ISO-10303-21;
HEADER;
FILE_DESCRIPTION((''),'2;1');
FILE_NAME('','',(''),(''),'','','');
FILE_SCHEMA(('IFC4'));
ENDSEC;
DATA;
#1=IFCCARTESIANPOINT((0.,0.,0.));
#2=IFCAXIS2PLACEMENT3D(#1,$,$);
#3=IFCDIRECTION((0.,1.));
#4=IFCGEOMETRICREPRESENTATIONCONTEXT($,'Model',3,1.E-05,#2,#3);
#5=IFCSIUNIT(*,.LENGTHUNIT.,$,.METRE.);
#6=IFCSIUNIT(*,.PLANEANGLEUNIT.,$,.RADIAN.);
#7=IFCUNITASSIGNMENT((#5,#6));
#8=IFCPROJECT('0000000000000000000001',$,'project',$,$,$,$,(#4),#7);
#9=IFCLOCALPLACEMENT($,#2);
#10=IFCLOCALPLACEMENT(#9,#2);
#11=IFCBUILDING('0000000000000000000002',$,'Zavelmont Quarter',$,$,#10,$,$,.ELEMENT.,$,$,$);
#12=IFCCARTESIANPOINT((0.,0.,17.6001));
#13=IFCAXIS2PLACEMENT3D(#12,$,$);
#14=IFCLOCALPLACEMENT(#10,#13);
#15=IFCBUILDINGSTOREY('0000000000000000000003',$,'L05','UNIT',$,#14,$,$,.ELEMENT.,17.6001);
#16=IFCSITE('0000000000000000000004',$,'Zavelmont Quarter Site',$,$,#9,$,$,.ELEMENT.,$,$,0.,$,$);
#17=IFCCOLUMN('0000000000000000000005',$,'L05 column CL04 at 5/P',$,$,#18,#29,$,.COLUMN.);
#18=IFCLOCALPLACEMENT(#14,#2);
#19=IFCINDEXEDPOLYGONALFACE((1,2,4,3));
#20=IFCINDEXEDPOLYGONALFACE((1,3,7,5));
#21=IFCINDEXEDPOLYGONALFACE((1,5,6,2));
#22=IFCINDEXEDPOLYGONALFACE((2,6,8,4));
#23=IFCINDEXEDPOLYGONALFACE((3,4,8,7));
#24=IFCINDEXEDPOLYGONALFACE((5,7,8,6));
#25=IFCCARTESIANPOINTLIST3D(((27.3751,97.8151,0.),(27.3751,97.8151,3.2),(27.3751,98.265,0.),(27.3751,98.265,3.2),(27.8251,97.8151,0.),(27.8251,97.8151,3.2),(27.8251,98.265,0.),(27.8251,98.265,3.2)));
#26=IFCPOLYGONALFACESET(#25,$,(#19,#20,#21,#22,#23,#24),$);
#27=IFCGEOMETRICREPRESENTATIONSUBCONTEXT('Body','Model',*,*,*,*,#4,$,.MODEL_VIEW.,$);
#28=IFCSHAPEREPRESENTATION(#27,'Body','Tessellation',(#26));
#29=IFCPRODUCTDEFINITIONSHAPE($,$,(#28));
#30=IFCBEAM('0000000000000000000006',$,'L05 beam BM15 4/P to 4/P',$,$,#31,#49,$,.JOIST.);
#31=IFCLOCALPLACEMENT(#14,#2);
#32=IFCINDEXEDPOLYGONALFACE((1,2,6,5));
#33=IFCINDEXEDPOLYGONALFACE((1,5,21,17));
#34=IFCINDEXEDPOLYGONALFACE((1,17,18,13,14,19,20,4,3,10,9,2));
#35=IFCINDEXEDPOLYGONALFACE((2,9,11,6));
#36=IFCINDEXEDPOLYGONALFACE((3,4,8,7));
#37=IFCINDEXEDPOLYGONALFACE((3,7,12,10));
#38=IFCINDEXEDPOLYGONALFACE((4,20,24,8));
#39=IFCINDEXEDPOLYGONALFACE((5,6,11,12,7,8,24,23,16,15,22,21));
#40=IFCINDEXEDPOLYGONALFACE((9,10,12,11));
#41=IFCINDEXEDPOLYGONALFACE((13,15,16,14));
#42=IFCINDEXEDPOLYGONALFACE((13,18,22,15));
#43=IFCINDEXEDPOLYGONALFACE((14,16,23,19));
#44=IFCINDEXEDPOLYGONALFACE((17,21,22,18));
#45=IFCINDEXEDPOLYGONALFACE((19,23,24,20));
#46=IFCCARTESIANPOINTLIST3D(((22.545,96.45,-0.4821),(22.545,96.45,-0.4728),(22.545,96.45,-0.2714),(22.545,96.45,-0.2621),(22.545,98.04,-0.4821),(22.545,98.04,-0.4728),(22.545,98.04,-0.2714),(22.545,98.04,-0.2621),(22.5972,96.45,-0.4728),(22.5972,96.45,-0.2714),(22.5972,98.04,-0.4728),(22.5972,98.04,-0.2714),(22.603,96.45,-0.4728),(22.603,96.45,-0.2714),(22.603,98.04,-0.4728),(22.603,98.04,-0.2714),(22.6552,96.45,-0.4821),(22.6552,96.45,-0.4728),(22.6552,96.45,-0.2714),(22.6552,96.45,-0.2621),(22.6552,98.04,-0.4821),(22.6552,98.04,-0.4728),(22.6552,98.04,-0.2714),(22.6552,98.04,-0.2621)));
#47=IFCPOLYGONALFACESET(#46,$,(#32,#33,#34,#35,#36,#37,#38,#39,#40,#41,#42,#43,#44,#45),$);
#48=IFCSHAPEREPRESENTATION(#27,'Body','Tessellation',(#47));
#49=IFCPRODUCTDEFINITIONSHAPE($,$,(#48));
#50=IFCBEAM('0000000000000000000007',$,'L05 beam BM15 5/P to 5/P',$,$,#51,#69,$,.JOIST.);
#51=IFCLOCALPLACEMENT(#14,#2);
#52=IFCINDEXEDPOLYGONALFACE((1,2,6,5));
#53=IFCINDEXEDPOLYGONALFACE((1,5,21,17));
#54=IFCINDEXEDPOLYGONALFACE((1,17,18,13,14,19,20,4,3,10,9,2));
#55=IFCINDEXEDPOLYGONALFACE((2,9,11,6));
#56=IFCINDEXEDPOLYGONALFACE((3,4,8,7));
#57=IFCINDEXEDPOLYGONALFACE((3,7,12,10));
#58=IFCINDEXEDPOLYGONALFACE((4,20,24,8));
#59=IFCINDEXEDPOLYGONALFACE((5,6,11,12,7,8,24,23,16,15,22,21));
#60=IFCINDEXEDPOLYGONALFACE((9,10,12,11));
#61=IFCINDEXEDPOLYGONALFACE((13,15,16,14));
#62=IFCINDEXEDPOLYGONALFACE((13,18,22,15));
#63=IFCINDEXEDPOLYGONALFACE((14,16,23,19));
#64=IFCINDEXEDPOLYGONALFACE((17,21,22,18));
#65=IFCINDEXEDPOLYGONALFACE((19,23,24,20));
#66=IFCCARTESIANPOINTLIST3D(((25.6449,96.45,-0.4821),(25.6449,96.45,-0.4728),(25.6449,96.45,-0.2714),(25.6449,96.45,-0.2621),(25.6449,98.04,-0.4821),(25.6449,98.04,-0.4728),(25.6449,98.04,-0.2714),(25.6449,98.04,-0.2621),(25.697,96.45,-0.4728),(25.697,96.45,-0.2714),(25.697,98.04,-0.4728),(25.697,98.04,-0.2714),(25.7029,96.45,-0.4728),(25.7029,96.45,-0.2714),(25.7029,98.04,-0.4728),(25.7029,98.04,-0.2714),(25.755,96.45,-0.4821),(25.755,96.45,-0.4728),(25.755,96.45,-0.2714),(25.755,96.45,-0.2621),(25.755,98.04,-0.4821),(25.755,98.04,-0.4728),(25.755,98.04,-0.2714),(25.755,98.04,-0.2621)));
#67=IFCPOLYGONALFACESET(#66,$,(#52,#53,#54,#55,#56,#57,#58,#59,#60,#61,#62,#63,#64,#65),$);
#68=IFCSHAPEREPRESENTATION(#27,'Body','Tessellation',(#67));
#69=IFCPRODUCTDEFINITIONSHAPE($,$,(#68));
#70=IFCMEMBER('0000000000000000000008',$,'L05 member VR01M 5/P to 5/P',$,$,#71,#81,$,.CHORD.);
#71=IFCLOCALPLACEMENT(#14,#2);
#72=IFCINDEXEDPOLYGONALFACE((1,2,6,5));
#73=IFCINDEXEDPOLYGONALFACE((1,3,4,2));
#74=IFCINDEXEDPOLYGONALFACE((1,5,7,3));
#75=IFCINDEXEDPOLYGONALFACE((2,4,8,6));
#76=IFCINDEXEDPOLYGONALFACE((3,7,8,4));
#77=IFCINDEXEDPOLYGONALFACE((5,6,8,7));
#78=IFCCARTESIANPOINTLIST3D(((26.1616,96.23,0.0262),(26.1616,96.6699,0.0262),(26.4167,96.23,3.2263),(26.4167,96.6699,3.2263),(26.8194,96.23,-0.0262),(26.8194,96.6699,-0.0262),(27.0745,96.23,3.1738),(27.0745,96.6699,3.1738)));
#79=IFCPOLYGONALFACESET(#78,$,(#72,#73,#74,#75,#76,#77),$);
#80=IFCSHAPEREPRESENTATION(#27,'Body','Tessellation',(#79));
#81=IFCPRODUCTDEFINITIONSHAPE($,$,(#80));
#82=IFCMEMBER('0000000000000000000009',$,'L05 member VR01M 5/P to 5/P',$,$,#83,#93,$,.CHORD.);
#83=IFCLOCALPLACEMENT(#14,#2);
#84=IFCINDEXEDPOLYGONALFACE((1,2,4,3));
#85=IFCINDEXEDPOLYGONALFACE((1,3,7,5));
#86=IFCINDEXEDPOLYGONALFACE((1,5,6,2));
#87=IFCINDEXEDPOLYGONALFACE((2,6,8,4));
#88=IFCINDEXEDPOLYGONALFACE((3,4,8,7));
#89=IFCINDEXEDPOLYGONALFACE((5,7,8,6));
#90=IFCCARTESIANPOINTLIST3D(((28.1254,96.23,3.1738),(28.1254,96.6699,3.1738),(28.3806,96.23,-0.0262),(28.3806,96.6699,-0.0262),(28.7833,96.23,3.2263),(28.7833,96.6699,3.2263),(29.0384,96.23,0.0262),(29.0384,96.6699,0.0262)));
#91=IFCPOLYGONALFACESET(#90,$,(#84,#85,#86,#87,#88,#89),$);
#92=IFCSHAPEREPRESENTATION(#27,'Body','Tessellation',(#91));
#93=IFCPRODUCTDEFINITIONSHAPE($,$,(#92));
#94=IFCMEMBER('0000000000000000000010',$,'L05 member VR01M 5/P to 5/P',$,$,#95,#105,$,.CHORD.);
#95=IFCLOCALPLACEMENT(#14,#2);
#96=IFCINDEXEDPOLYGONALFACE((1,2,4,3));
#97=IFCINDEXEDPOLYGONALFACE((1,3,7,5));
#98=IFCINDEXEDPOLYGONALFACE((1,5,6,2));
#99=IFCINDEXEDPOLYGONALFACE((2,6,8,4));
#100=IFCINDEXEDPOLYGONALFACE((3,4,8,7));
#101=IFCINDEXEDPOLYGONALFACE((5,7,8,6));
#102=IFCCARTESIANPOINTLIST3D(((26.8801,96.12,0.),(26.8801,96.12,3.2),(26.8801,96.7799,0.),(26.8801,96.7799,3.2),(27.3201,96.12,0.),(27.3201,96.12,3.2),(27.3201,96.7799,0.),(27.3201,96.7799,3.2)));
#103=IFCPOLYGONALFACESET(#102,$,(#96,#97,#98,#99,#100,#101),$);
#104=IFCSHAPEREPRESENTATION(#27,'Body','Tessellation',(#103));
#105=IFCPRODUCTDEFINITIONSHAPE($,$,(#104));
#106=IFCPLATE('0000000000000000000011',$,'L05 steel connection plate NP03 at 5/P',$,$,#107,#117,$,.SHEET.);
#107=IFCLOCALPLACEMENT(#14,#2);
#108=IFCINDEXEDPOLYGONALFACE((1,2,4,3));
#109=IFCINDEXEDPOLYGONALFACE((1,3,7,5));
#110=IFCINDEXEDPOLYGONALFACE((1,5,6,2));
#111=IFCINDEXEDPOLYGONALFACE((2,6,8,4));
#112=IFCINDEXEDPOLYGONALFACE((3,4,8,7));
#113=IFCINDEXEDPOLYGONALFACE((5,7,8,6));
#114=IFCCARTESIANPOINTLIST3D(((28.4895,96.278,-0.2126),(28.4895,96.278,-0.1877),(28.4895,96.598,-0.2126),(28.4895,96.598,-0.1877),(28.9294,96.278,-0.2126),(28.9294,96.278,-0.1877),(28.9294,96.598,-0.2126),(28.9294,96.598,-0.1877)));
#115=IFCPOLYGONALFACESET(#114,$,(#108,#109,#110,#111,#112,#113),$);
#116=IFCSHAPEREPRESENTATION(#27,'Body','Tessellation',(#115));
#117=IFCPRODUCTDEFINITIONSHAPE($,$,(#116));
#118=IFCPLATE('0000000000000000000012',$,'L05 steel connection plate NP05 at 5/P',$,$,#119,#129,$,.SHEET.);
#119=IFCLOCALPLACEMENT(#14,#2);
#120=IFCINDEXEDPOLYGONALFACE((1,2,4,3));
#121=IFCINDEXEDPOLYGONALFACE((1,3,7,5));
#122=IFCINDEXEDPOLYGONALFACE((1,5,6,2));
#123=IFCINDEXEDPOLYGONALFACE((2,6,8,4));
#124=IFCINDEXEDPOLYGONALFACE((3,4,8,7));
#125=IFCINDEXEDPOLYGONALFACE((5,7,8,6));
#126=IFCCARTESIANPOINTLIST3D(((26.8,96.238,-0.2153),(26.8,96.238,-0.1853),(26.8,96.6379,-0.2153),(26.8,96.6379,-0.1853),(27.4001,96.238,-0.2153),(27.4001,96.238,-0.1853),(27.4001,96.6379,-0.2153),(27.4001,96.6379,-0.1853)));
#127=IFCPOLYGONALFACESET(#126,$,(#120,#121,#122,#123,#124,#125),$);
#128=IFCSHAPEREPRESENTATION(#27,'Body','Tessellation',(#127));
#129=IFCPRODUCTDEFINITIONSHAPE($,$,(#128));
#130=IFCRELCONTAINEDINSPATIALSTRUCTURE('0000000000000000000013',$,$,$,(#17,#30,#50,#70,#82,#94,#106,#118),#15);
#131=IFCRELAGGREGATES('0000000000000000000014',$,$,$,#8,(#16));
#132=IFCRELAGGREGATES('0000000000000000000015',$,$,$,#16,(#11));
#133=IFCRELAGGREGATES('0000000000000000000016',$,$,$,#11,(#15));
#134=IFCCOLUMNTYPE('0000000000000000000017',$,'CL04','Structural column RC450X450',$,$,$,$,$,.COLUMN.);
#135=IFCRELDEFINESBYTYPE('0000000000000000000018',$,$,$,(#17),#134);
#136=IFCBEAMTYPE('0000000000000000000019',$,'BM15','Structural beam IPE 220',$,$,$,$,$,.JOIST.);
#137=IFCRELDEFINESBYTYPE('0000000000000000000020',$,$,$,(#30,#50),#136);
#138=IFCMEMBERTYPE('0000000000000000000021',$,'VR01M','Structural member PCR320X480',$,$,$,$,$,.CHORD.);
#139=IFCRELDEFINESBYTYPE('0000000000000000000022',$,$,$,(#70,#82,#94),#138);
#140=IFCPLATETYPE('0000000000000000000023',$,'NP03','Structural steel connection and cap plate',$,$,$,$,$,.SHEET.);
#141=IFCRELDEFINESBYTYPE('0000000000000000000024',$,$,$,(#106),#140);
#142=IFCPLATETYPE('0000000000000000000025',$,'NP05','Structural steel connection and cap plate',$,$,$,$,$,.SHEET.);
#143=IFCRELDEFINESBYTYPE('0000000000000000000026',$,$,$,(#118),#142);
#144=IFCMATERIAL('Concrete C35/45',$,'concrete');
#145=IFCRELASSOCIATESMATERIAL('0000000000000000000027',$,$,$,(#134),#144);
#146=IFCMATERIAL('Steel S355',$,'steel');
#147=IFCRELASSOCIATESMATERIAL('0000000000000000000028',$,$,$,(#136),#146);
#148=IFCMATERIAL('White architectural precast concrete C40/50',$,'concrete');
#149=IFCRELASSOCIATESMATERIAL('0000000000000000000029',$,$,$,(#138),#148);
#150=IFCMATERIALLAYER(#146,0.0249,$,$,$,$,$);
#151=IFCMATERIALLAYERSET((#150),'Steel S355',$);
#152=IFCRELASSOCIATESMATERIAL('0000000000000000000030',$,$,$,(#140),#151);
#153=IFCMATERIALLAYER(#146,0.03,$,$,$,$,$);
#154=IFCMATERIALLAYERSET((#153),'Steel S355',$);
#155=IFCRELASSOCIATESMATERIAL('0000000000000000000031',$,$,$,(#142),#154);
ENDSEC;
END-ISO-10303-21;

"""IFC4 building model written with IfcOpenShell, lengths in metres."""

from ifc_helpers import new_model, si_unit, direction, frame, origin, origin_2d, place, context, subcontext, project, spatial, rectangle, i_section, extrude, material, layer, layer_set, material_profile, profile_set, type_object, element, save


model = new_model("IFC4")

# Units and contexts
model_context = context("Model", 3, precision=1e-05, world=origin(), true_north=direction((0.0, 1.0)))
body_context = subcontext(model_context, "Body", "Model", "MODEL_VIEW")
ifc_project = project(units=[si_unit("LENGTHUNIT", "METRE"), si_unit("PLANEANGLEUNIT", "RADIAN")], contexts=[model_context])

# Site, building, storey
site_placement = place(None, origin())
site = spatial("IfcSite", under=ifc_project, at=site_placement, Name="Zavelmont Quarter Site", CompositionType="ELEMENT", RefElevation=0.0)
building_placement = place(site_placement, origin())
building = spatial("IfcBuilding", under=site, at=building_placement, Name="Zavelmont Quarter", CompositionType="ELEMENT")
storey_placement = place(building_placement, frame((0.0, 0.0, 17.6001)))
storey = spatial("IfcBuildingStorey", under=building, at=storey_placement, Name="L05", Description="UNIT", CompositionType="ELEMENT", Elevation=17.6001)

# Column
ifc_material_1 = material(Name="Concrete C35/45", Category="concrete")
ifc_material_profile_1 = material_profile(ifc_material_1, rectangle(XDim=0.45, YDim=0.45, at=origin_2d()), Name="RC450X450")
ifc_profile_set_1 = profile_set([ifc_material_profile_1], Name="Concrete C35/45")
column_type = type_object("IfcColumnType", Name="CL04", Description="Structural column RC450X450", PredefinedType="COLUMN", material=ifc_profile_set_1)
column_placement = place(storey_placement, frame((27.6001, 98.04, 0.0), z_axis=(0.0, 0.0, 1.0), x_axis=(1.0, 0.0, 0.0)))
element("IfcColumn", 1, at=column_placement, inside=storey, type_object=column_type, Name="L05 column CL04 at 5/P", PredefinedType="COLUMN", context=body_context, shape_type="SweptSolid", body=[
    extrude(rectangle(XDim=0.45, YDim=0.45, at=origin_2d()), origin(), (0.0, 0.0, 1.0), 3.2),
])

# Beams
ifc_material_2 = material(Name="Steel S355", Category="steel")
ifc_material_profile_2 = material_profile(ifc_material_2, i_section(OverallWidth=0.1101, OverallDepth=0.22, WebThickness=0.0059, FlangeThickness=0.0093, at=origin_2d()), Name="IPE 220")
ifc_profile_set_2 = profile_set([ifc_material_profile_2], Name="Steel S355")
beam_type = type_object("IfcBeamType", Name="BM15", Description="Structural beam IPE 220", PredefinedType="JOIST", material=ifc_profile_set_2)
for number, where, z_axis, x_axis, name in (
    (2, (22.6001, 98.04, -0.3721), (0.0, -1.0, 0.0), (1.0, 0.0, 0.0), "L05 beam BM15 4/P to 4/P"),
    (3, (25.7, 98.04, -0.3721), (0.0, -1.0, 0.0), (1.0, 0.0, 0.0), "L05 beam BM15 5/P to 5/P"),
):
    element("IfcBeam", number, at=place(storey_placement, frame(where, z_axis=z_axis, x_axis=x_axis)), inside=storey, type_object=beam_type, Name=name, PredefinedType="JOIST", context=body_context, shape_type="SweptSolid", body=[
        extrude(i_section(OverallWidth=0.1101, OverallDepth=0.22, WebThickness=0.0059, FlangeThickness=0.0093, at=origin_2d()), origin(), (0.0, 0.0, 1.0), 1.5901),
    ])

# Members
ifc_material_3 = material(Name="White architectural precast concrete C40/50", Category="concrete")
ifc_material_profile_3 = material_profile(ifc_material_3, rectangle(XDim=0.4399, YDim=0.6599, at=origin_2d()), Name="PCR320X480")
ifc_profile_set_3 = profile_set([ifc_material_profile_3], Name="White architectural precast concrete C40/50")
member_type = type_object("IfcMemberType", Name="VR01M", Description="Structural member PCR320X480", PredefinedType="CHORD", material=ifc_profile_set_3)
for number, where, z_axis, x_axis, name in (
    (4, (26.4905, 96.45, 0.0), (0.079476, 0.0, 0.996837), (0.0, 1.0, 0.0), "L05 member VR01M 5/P to 5/P"),
    (5, (28.7095, 96.45, 0.0), (-0.079476, 0.0, 0.996837), (0.0, -1.0, 0.0), "L05 member VR01M 5/P to 5/P"),
):
    element("IfcMember", number, at=place(storey_placement, frame(where, z_axis=z_axis, x_axis=x_axis)), inside=storey, type_object=member_type, Name=name, PredefinedType="CHORD", context=body_context, shape_type="SweptSolid", body=[
        extrude(rectangle(XDim=0.4399, YDim=0.6599, at=origin_2d()), origin(), (0.0, 0.0, 1.0), 3.2102),
    ])
member_placement = place(storey_placement, frame((27.1001, 96.45, 0.0), z_axis=(0.0, 0.0, 1.0), x_axis=(1.0, 0.0, 0.0)))
element("IfcMember", 6, at=member_placement, inside=storey, type_object=member_type, Name="L05 member VR01M 5/P to 5/P", PredefinedType="CHORD", context=body_context, shape_type="SweptSolid", body=[
    extrude(rectangle(XDim=0.4399, YDim=0.6599, at=origin_2d()), origin(), (0.0, 0.0, 1.0), 3.2),
])

# Plates
ifc_layer_1 = layer(ifc_material_2, 0.0249)
ifc_layer_set_1 = layer_set([ifc_layer_1], Name="Steel S355")
plate_type_1 = type_object("IfcPlateType", Name="NP03", Description="Structural steel connection and cap plate", PredefinedType="SHEET", material=ifc_layer_set_1)
plate_1_placement = place(storey_placement, frame((28.7095, 96.438, -0.2126), z_axis=(0.0, 0.0, 1.0), x_axis=(1.0, 0.0, 0.0)))
element("IfcPlate", 7, at=plate_1_placement, inside=storey, type_object=plate_type_1, Name="L05 steel connection plate NP03 at 5/P", PredefinedType="SHEET", context=body_context, shape_type="SweptSolid", body=[
    extrude(rectangle(XDim=0.4399, YDim=0.3201, at=origin_2d()), origin(), (0.0, 0.0, 1.0), 0.0249),
])
ifc_layer_2 = layer(ifc_material_2, 0.03)
ifc_layer_set_2 = layer_set([ifc_layer_2], Name="Steel S355")
plate_type_2 = type_object("IfcPlateType", Name="NP05", Description="Structural steel connection and cap plate", PredefinedType="SHEET", material=ifc_layer_set_2)
plate_2_placement = place(storey_placement, frame((27.1001, 96.438, -0.2153), z_axis=(0.0, 0.0, 1.0), x_axis=(1.0, 0.0, 0.0)))
element("IfcPlate", 8, at=plate_2_placement, inside=storey, type_object=plate_type_2, Name="L05 steel connection plate NP05 at 5/P", PredefinedType="SHEET", context=body_context, shape_type="SweptSolid", body=[
    extrude(rectangle(XDim=0.6001, YDim=0.3999, at=origin_2d()), origin(), (0.0, 0.0, 1.0), 0.03),
])

save(model, "model.ifc")
